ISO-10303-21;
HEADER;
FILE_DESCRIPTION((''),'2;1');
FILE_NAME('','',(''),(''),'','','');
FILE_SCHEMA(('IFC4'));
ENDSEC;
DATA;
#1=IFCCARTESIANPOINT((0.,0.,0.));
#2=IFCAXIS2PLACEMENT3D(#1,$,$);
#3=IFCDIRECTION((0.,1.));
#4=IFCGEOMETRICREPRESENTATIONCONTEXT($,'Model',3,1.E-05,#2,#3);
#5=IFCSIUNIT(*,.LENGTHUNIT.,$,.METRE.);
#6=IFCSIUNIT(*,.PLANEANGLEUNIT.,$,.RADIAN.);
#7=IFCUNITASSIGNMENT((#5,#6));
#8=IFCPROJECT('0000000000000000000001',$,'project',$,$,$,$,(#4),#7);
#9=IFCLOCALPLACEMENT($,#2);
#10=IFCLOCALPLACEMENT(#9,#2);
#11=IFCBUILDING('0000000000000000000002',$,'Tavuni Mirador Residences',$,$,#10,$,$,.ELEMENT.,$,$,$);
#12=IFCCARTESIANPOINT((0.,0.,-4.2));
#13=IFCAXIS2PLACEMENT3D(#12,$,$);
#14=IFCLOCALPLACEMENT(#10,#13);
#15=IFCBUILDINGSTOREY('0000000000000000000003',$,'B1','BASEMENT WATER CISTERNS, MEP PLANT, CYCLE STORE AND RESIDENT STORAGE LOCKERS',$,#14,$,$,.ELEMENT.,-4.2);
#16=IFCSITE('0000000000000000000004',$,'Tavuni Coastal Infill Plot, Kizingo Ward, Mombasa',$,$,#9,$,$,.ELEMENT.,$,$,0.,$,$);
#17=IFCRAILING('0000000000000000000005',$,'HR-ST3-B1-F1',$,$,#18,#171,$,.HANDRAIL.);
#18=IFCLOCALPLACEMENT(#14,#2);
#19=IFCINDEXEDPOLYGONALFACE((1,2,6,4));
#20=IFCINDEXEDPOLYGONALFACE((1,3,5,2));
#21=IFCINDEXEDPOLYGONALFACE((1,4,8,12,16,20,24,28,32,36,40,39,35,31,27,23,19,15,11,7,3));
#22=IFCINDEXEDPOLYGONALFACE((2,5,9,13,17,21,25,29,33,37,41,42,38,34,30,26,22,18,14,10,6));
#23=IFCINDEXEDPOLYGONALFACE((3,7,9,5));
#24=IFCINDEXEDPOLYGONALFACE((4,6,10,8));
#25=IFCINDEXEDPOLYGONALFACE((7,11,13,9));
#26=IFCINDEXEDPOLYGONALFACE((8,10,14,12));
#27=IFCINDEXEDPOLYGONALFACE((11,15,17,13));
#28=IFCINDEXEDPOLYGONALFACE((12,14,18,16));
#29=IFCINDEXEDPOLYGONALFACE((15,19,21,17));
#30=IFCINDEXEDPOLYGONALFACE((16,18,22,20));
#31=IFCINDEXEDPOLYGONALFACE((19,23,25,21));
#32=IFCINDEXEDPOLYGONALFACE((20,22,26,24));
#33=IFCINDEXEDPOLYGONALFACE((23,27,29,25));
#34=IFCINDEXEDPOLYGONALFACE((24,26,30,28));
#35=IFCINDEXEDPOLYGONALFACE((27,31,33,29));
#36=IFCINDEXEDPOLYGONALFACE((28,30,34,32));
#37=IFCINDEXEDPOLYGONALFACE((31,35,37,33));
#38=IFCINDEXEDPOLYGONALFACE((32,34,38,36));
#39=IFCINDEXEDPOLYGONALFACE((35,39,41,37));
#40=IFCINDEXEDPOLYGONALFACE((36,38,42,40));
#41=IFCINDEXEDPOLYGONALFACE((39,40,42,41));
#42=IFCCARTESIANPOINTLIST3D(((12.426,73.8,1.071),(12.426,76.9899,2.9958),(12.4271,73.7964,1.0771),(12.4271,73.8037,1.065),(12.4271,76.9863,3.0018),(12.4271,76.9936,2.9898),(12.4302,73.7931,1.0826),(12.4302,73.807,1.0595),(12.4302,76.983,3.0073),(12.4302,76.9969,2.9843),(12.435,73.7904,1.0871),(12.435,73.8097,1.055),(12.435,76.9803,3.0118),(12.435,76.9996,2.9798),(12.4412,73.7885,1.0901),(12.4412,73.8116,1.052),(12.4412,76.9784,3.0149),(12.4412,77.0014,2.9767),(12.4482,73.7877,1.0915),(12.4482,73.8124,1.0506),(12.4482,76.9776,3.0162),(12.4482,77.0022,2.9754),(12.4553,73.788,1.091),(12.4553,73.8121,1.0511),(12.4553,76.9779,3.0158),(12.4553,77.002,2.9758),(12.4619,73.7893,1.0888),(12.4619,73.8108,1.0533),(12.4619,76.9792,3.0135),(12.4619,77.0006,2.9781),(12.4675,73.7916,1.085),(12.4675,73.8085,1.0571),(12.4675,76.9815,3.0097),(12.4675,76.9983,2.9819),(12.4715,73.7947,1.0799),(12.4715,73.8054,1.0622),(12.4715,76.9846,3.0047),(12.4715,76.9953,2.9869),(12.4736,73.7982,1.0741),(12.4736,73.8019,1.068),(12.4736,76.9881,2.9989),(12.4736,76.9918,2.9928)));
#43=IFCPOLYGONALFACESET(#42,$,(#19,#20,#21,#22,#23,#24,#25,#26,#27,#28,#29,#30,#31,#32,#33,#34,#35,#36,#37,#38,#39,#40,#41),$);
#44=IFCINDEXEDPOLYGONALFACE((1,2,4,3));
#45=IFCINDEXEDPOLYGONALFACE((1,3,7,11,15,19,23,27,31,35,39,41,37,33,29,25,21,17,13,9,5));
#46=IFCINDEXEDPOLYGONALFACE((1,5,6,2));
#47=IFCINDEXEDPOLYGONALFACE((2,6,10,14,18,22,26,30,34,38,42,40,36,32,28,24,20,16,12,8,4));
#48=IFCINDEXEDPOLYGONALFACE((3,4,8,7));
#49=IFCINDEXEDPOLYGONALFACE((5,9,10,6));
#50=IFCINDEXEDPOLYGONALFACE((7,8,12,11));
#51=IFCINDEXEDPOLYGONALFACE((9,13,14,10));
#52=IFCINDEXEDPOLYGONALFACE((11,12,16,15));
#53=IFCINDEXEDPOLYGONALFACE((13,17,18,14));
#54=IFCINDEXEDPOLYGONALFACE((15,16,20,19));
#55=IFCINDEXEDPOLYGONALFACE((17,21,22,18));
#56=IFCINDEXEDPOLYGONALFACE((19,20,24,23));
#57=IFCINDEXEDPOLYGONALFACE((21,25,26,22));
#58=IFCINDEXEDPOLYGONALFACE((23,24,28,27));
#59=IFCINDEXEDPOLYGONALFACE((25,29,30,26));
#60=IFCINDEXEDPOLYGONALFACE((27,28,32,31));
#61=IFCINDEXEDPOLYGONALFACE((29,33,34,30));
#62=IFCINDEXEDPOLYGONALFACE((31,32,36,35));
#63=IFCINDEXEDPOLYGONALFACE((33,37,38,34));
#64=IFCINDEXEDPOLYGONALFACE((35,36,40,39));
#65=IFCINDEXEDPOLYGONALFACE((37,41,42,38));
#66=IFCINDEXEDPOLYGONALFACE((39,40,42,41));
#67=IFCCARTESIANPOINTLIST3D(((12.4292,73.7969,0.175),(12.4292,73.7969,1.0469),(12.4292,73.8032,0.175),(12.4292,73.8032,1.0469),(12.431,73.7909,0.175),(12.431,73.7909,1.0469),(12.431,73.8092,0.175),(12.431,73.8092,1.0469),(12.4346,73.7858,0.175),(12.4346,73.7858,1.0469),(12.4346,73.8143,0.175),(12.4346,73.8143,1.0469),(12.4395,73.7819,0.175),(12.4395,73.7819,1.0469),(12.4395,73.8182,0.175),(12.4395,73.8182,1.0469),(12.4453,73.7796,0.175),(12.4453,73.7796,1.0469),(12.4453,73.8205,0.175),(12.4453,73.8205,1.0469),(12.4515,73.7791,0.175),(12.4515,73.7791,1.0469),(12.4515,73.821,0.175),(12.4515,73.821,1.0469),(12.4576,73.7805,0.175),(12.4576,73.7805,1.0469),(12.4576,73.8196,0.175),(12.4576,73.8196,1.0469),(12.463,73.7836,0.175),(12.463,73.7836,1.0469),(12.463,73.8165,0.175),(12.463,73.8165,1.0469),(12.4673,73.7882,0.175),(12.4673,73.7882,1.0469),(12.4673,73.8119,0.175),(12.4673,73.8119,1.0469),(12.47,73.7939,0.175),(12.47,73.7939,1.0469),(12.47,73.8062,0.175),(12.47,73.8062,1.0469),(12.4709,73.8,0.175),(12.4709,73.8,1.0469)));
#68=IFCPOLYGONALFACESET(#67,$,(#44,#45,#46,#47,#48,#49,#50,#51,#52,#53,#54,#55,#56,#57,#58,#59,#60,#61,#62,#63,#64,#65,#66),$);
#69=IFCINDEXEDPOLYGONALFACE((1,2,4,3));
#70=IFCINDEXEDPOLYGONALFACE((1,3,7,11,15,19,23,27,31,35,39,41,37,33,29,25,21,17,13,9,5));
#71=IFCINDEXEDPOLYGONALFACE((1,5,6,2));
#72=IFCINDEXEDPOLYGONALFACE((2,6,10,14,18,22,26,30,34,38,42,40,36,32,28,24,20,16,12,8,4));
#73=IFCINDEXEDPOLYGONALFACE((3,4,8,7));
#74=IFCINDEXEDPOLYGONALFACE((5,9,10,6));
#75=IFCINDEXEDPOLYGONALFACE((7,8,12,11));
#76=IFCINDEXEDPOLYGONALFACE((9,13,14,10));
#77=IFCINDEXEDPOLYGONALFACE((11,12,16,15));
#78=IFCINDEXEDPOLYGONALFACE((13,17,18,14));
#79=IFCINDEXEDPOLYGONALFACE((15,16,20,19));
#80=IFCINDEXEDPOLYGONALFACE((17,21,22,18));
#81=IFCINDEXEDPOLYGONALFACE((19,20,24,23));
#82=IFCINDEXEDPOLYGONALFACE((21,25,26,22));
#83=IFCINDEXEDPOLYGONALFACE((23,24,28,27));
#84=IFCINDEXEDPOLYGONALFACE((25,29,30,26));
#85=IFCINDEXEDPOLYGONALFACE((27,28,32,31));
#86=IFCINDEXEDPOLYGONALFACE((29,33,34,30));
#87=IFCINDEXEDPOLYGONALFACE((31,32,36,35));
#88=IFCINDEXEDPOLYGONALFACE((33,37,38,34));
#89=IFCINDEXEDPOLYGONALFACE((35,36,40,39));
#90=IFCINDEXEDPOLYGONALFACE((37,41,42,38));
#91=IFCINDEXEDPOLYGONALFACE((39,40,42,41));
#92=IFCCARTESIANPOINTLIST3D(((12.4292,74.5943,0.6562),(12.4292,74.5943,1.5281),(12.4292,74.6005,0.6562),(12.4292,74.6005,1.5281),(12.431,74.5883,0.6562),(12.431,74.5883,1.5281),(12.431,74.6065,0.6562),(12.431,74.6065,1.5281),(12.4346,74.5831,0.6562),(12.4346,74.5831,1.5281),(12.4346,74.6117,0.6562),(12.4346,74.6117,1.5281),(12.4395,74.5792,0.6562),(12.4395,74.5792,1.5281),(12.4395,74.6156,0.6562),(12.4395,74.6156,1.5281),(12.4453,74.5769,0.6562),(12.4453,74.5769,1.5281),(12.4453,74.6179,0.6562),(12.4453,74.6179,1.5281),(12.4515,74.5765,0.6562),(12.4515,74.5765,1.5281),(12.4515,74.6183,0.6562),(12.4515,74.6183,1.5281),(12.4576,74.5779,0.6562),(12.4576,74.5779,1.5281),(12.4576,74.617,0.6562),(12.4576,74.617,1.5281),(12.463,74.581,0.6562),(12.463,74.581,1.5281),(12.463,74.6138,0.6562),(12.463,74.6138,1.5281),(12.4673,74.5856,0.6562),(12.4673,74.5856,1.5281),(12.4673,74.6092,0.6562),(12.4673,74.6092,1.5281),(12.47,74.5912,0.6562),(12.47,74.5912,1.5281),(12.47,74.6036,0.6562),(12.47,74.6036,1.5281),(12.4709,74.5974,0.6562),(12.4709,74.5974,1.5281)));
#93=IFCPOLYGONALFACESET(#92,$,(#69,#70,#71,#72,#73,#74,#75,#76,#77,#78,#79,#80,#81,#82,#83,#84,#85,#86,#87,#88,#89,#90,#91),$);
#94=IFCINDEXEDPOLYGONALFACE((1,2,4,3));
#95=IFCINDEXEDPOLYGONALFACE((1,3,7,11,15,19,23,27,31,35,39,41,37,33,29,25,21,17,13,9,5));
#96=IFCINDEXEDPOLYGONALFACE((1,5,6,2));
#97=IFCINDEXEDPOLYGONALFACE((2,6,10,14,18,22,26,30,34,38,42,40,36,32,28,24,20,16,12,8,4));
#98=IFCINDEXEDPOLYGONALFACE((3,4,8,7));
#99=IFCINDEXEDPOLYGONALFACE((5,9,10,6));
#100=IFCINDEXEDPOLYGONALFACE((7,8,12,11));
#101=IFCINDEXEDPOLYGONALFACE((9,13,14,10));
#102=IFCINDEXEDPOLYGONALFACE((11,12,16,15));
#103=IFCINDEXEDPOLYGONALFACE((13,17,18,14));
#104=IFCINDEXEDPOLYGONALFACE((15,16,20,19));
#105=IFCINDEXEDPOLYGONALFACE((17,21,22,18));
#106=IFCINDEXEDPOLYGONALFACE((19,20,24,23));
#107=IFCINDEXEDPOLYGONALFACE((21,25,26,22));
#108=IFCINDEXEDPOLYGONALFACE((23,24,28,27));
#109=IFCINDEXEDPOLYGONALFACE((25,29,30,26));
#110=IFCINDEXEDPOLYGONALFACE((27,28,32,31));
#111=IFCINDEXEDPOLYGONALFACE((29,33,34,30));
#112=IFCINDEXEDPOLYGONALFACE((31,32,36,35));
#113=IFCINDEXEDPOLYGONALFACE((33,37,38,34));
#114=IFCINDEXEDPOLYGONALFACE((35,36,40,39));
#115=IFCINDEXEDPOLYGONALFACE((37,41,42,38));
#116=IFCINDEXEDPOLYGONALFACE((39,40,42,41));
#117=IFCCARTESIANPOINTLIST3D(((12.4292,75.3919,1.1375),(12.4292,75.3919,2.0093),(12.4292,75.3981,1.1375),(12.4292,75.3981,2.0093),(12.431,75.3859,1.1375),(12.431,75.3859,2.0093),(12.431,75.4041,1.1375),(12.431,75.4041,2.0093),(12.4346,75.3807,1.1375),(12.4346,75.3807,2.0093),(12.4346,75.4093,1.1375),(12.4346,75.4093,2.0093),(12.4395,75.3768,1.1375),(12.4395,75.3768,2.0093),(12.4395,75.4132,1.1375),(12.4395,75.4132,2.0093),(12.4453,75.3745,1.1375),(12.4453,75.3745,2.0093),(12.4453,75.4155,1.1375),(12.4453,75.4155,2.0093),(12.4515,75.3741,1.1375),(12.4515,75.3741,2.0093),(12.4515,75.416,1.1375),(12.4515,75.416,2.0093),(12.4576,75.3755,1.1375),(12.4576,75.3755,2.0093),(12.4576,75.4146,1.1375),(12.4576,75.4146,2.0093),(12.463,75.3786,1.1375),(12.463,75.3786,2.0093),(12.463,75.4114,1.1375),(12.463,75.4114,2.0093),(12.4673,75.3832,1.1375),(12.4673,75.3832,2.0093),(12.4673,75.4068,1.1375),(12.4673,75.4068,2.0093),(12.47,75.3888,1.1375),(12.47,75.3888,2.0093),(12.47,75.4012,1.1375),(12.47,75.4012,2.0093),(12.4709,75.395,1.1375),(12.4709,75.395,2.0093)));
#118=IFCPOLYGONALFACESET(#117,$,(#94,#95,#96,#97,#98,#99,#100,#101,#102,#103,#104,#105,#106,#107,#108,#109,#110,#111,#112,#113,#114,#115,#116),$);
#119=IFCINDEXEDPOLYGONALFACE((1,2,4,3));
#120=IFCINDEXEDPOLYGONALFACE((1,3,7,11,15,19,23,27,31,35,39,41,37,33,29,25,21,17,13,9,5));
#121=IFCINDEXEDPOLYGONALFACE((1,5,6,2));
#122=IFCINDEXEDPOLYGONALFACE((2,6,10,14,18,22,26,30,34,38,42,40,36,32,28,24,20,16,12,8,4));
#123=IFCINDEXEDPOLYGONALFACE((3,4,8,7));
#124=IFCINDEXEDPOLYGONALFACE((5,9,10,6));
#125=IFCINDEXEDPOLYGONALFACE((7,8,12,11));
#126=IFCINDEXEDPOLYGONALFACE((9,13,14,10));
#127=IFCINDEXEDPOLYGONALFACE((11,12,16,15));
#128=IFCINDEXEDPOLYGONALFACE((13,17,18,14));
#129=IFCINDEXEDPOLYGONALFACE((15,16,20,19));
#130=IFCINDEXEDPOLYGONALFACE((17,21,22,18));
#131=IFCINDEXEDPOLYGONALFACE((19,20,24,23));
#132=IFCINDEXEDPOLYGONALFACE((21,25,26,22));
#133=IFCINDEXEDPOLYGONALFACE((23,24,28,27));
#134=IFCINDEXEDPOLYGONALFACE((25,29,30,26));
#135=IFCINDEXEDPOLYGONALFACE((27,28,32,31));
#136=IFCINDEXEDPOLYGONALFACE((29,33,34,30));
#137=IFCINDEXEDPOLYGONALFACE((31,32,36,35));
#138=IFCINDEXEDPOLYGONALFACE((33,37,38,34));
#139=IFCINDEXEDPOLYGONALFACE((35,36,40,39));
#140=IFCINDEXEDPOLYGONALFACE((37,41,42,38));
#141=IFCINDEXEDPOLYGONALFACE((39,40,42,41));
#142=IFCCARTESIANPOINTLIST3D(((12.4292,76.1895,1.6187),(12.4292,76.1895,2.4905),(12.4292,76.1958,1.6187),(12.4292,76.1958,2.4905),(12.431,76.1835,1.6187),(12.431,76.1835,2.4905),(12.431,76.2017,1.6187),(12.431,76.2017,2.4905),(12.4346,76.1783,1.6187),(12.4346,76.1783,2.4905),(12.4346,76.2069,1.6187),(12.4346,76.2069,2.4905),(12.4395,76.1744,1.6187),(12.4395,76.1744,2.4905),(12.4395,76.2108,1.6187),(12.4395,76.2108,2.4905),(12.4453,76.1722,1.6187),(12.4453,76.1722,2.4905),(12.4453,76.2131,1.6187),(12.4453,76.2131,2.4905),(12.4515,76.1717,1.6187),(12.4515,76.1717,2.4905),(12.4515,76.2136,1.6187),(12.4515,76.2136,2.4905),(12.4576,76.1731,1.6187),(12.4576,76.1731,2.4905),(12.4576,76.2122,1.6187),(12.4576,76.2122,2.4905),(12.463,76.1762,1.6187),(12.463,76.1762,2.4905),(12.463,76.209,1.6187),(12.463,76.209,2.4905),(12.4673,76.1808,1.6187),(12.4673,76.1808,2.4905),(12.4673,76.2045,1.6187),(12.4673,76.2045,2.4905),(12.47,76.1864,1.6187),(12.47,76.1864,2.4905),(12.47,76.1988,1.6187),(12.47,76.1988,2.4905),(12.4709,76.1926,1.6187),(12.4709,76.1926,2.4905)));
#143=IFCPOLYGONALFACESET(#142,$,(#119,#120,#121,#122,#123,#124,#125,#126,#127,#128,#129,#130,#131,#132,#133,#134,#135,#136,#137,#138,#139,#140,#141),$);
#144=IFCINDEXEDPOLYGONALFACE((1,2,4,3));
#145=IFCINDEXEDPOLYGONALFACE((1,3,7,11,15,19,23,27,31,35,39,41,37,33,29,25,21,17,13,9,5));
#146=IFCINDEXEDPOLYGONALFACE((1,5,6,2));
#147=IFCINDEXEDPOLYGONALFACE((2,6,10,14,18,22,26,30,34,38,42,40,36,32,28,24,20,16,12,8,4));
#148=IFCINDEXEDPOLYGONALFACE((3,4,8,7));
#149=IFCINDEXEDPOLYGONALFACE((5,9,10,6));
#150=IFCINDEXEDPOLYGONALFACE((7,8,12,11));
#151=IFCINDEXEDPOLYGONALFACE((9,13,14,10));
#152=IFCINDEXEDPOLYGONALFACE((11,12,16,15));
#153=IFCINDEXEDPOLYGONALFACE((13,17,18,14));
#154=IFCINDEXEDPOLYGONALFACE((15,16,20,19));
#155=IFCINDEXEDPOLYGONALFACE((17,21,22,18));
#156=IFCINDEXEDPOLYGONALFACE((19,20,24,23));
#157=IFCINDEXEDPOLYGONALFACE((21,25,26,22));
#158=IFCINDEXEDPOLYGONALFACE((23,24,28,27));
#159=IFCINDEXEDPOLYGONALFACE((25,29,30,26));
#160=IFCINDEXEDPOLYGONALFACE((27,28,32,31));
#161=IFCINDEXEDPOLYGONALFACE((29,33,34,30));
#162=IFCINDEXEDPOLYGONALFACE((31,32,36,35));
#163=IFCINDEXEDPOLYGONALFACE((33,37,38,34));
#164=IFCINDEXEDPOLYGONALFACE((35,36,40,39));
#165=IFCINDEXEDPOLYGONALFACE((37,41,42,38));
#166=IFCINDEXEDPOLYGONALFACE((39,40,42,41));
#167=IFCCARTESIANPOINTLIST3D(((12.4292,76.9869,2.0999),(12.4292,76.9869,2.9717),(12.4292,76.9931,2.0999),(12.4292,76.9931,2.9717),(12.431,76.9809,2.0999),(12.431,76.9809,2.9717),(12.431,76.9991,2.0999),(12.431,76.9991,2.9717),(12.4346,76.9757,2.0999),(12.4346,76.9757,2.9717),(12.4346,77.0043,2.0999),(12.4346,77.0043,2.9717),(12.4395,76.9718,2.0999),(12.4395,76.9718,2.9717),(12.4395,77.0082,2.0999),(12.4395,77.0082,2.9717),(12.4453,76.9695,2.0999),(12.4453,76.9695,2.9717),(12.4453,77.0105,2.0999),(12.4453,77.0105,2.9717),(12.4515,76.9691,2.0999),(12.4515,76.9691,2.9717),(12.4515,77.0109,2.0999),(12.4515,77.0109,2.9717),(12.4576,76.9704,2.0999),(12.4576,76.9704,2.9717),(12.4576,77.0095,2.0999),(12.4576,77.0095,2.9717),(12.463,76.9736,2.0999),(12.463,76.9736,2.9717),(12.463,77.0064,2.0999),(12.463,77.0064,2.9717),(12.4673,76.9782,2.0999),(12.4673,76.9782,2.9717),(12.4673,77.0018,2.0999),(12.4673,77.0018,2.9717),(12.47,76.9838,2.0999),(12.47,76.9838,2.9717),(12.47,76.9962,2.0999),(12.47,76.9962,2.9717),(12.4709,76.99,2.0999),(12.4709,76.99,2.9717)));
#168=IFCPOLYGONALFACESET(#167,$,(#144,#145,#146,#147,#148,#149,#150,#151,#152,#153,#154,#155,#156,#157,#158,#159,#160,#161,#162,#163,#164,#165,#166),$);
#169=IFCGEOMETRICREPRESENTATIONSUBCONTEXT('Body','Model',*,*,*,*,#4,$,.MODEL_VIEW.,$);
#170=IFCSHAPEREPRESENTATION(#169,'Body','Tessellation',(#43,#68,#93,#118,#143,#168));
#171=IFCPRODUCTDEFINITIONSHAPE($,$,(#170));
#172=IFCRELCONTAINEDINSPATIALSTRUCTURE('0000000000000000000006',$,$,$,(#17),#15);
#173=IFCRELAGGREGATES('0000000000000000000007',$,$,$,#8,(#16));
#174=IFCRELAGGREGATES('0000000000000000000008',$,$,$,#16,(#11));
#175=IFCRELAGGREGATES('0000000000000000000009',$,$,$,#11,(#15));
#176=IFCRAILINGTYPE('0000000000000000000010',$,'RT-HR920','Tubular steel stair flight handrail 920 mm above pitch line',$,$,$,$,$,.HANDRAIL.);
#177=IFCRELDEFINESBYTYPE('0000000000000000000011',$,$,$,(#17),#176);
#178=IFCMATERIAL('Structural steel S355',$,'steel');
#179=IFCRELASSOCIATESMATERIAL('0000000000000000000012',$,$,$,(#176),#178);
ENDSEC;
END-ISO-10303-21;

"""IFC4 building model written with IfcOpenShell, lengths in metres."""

from ifc_helpers import new_model, si_unit, direction, frame, origin, origin_2d, place, context, subcontext, project, spatial, circle, extrude, material, type_object, element, save


model = new_model("IFC4")

# Units and contexts
model_context = context("Model", 3, precision=1e-05, world=origin(), true_north=direction((0.0, 1.0)))
body_context = subcontext(model_context, "Body", "Model", "MODEL_VIEW")
ifc_project = project(units=[si_unit("LENGTHUNIT", "METRE"), si_unit("PLANEANGLEUNIT", "RADIAN")], contexts=[model_context])

# Site, building, storey
site_placement = place(None, origin())
site = spatial("IfcSite", under=ifc_project, at=site_placement, Name="Tavuni Coastal Infill Plot, Kizingo Ward, Mombasa", CompositionType="ELEMENT", RefElevation=0.0)
building_placement = place(site_placement, origin())
building = spatial("IfcBuilding", under=site, at=building_placement, Name="Tavuni Mirador Residences", CompositionType="ELEMENT")
storey_placement = place(building_placement, frame((0.0, 0.0, -4.2)))
storey = spatial("IfcBuildingStorey", under=building, at=storey_placement, Name="B1", Description="BASEMENT WATER CISTERNS, MEP PLANT, CYCLE STORE AND RESIDENT STORAGE LOCKERS", CompositionType="ELEMENT", Elevation=-4.2)

# Shared definitions
ifc_material_1 = material(Name="Structural steel S355", Category="steel")

# Railing
railing_type_1 = type_object("IfcRailingType", Name="RT-HR920", Description="Tubular steel stair flight handrail 920 mm above pitch line", PredefinedType="HANDRAIL", material=ifc_material_1)
railing_1_placement = place(storey_placement, frame((12.45, 73.8, 0.175)))
element("IfcRailing", 1, at=railing_1_placement, inside=storey, type_object=railing_type_1, Name="HR-ST3-B1-F1", PredefinedType="HANDRAIL", context=body_context, shape_type="SweptSolid", body=[
    extrude(circle(Radius=0.0239, at=origin_2d()), frame((0.0, 0.0, 0.896), z_axis=(0.0, 0.856207, 0.516633), x_axis=(-1.0, 0.0, 0.0)), (0.0, 0.0, 1.0), 3.7256),
    extrude(circle(Radius=0.021, at=origin_2d()), origin(), (0.0, 0.0, 1.0), 0.8718),
    extrude(circle(Radius=0.021, at=origin_2d()), frame((0.0, 0.7974, 0.4812)), (0.0, 0.0, 1.0), 0.8718),
    extrude(circle(Radius=0.021, at=origin_2d()), frame((0.0, 1.595, 0.9624)), (0.0, 0.0, 1.0), 0.8718),
    extrude(circle(Radius=0.021, at=origin_2d()), frame((0.0, 2.3926, 1.4436)), (0.0, 0.0, 1.0), 0.8718),
    extrude(circle(Radius=0.021, at=origin_2d()), frame((0.0, 3.1899, 1.9248)), (0.0, 0.0, 1.0), 0.8718),
])

save(model, "model.ifc")
